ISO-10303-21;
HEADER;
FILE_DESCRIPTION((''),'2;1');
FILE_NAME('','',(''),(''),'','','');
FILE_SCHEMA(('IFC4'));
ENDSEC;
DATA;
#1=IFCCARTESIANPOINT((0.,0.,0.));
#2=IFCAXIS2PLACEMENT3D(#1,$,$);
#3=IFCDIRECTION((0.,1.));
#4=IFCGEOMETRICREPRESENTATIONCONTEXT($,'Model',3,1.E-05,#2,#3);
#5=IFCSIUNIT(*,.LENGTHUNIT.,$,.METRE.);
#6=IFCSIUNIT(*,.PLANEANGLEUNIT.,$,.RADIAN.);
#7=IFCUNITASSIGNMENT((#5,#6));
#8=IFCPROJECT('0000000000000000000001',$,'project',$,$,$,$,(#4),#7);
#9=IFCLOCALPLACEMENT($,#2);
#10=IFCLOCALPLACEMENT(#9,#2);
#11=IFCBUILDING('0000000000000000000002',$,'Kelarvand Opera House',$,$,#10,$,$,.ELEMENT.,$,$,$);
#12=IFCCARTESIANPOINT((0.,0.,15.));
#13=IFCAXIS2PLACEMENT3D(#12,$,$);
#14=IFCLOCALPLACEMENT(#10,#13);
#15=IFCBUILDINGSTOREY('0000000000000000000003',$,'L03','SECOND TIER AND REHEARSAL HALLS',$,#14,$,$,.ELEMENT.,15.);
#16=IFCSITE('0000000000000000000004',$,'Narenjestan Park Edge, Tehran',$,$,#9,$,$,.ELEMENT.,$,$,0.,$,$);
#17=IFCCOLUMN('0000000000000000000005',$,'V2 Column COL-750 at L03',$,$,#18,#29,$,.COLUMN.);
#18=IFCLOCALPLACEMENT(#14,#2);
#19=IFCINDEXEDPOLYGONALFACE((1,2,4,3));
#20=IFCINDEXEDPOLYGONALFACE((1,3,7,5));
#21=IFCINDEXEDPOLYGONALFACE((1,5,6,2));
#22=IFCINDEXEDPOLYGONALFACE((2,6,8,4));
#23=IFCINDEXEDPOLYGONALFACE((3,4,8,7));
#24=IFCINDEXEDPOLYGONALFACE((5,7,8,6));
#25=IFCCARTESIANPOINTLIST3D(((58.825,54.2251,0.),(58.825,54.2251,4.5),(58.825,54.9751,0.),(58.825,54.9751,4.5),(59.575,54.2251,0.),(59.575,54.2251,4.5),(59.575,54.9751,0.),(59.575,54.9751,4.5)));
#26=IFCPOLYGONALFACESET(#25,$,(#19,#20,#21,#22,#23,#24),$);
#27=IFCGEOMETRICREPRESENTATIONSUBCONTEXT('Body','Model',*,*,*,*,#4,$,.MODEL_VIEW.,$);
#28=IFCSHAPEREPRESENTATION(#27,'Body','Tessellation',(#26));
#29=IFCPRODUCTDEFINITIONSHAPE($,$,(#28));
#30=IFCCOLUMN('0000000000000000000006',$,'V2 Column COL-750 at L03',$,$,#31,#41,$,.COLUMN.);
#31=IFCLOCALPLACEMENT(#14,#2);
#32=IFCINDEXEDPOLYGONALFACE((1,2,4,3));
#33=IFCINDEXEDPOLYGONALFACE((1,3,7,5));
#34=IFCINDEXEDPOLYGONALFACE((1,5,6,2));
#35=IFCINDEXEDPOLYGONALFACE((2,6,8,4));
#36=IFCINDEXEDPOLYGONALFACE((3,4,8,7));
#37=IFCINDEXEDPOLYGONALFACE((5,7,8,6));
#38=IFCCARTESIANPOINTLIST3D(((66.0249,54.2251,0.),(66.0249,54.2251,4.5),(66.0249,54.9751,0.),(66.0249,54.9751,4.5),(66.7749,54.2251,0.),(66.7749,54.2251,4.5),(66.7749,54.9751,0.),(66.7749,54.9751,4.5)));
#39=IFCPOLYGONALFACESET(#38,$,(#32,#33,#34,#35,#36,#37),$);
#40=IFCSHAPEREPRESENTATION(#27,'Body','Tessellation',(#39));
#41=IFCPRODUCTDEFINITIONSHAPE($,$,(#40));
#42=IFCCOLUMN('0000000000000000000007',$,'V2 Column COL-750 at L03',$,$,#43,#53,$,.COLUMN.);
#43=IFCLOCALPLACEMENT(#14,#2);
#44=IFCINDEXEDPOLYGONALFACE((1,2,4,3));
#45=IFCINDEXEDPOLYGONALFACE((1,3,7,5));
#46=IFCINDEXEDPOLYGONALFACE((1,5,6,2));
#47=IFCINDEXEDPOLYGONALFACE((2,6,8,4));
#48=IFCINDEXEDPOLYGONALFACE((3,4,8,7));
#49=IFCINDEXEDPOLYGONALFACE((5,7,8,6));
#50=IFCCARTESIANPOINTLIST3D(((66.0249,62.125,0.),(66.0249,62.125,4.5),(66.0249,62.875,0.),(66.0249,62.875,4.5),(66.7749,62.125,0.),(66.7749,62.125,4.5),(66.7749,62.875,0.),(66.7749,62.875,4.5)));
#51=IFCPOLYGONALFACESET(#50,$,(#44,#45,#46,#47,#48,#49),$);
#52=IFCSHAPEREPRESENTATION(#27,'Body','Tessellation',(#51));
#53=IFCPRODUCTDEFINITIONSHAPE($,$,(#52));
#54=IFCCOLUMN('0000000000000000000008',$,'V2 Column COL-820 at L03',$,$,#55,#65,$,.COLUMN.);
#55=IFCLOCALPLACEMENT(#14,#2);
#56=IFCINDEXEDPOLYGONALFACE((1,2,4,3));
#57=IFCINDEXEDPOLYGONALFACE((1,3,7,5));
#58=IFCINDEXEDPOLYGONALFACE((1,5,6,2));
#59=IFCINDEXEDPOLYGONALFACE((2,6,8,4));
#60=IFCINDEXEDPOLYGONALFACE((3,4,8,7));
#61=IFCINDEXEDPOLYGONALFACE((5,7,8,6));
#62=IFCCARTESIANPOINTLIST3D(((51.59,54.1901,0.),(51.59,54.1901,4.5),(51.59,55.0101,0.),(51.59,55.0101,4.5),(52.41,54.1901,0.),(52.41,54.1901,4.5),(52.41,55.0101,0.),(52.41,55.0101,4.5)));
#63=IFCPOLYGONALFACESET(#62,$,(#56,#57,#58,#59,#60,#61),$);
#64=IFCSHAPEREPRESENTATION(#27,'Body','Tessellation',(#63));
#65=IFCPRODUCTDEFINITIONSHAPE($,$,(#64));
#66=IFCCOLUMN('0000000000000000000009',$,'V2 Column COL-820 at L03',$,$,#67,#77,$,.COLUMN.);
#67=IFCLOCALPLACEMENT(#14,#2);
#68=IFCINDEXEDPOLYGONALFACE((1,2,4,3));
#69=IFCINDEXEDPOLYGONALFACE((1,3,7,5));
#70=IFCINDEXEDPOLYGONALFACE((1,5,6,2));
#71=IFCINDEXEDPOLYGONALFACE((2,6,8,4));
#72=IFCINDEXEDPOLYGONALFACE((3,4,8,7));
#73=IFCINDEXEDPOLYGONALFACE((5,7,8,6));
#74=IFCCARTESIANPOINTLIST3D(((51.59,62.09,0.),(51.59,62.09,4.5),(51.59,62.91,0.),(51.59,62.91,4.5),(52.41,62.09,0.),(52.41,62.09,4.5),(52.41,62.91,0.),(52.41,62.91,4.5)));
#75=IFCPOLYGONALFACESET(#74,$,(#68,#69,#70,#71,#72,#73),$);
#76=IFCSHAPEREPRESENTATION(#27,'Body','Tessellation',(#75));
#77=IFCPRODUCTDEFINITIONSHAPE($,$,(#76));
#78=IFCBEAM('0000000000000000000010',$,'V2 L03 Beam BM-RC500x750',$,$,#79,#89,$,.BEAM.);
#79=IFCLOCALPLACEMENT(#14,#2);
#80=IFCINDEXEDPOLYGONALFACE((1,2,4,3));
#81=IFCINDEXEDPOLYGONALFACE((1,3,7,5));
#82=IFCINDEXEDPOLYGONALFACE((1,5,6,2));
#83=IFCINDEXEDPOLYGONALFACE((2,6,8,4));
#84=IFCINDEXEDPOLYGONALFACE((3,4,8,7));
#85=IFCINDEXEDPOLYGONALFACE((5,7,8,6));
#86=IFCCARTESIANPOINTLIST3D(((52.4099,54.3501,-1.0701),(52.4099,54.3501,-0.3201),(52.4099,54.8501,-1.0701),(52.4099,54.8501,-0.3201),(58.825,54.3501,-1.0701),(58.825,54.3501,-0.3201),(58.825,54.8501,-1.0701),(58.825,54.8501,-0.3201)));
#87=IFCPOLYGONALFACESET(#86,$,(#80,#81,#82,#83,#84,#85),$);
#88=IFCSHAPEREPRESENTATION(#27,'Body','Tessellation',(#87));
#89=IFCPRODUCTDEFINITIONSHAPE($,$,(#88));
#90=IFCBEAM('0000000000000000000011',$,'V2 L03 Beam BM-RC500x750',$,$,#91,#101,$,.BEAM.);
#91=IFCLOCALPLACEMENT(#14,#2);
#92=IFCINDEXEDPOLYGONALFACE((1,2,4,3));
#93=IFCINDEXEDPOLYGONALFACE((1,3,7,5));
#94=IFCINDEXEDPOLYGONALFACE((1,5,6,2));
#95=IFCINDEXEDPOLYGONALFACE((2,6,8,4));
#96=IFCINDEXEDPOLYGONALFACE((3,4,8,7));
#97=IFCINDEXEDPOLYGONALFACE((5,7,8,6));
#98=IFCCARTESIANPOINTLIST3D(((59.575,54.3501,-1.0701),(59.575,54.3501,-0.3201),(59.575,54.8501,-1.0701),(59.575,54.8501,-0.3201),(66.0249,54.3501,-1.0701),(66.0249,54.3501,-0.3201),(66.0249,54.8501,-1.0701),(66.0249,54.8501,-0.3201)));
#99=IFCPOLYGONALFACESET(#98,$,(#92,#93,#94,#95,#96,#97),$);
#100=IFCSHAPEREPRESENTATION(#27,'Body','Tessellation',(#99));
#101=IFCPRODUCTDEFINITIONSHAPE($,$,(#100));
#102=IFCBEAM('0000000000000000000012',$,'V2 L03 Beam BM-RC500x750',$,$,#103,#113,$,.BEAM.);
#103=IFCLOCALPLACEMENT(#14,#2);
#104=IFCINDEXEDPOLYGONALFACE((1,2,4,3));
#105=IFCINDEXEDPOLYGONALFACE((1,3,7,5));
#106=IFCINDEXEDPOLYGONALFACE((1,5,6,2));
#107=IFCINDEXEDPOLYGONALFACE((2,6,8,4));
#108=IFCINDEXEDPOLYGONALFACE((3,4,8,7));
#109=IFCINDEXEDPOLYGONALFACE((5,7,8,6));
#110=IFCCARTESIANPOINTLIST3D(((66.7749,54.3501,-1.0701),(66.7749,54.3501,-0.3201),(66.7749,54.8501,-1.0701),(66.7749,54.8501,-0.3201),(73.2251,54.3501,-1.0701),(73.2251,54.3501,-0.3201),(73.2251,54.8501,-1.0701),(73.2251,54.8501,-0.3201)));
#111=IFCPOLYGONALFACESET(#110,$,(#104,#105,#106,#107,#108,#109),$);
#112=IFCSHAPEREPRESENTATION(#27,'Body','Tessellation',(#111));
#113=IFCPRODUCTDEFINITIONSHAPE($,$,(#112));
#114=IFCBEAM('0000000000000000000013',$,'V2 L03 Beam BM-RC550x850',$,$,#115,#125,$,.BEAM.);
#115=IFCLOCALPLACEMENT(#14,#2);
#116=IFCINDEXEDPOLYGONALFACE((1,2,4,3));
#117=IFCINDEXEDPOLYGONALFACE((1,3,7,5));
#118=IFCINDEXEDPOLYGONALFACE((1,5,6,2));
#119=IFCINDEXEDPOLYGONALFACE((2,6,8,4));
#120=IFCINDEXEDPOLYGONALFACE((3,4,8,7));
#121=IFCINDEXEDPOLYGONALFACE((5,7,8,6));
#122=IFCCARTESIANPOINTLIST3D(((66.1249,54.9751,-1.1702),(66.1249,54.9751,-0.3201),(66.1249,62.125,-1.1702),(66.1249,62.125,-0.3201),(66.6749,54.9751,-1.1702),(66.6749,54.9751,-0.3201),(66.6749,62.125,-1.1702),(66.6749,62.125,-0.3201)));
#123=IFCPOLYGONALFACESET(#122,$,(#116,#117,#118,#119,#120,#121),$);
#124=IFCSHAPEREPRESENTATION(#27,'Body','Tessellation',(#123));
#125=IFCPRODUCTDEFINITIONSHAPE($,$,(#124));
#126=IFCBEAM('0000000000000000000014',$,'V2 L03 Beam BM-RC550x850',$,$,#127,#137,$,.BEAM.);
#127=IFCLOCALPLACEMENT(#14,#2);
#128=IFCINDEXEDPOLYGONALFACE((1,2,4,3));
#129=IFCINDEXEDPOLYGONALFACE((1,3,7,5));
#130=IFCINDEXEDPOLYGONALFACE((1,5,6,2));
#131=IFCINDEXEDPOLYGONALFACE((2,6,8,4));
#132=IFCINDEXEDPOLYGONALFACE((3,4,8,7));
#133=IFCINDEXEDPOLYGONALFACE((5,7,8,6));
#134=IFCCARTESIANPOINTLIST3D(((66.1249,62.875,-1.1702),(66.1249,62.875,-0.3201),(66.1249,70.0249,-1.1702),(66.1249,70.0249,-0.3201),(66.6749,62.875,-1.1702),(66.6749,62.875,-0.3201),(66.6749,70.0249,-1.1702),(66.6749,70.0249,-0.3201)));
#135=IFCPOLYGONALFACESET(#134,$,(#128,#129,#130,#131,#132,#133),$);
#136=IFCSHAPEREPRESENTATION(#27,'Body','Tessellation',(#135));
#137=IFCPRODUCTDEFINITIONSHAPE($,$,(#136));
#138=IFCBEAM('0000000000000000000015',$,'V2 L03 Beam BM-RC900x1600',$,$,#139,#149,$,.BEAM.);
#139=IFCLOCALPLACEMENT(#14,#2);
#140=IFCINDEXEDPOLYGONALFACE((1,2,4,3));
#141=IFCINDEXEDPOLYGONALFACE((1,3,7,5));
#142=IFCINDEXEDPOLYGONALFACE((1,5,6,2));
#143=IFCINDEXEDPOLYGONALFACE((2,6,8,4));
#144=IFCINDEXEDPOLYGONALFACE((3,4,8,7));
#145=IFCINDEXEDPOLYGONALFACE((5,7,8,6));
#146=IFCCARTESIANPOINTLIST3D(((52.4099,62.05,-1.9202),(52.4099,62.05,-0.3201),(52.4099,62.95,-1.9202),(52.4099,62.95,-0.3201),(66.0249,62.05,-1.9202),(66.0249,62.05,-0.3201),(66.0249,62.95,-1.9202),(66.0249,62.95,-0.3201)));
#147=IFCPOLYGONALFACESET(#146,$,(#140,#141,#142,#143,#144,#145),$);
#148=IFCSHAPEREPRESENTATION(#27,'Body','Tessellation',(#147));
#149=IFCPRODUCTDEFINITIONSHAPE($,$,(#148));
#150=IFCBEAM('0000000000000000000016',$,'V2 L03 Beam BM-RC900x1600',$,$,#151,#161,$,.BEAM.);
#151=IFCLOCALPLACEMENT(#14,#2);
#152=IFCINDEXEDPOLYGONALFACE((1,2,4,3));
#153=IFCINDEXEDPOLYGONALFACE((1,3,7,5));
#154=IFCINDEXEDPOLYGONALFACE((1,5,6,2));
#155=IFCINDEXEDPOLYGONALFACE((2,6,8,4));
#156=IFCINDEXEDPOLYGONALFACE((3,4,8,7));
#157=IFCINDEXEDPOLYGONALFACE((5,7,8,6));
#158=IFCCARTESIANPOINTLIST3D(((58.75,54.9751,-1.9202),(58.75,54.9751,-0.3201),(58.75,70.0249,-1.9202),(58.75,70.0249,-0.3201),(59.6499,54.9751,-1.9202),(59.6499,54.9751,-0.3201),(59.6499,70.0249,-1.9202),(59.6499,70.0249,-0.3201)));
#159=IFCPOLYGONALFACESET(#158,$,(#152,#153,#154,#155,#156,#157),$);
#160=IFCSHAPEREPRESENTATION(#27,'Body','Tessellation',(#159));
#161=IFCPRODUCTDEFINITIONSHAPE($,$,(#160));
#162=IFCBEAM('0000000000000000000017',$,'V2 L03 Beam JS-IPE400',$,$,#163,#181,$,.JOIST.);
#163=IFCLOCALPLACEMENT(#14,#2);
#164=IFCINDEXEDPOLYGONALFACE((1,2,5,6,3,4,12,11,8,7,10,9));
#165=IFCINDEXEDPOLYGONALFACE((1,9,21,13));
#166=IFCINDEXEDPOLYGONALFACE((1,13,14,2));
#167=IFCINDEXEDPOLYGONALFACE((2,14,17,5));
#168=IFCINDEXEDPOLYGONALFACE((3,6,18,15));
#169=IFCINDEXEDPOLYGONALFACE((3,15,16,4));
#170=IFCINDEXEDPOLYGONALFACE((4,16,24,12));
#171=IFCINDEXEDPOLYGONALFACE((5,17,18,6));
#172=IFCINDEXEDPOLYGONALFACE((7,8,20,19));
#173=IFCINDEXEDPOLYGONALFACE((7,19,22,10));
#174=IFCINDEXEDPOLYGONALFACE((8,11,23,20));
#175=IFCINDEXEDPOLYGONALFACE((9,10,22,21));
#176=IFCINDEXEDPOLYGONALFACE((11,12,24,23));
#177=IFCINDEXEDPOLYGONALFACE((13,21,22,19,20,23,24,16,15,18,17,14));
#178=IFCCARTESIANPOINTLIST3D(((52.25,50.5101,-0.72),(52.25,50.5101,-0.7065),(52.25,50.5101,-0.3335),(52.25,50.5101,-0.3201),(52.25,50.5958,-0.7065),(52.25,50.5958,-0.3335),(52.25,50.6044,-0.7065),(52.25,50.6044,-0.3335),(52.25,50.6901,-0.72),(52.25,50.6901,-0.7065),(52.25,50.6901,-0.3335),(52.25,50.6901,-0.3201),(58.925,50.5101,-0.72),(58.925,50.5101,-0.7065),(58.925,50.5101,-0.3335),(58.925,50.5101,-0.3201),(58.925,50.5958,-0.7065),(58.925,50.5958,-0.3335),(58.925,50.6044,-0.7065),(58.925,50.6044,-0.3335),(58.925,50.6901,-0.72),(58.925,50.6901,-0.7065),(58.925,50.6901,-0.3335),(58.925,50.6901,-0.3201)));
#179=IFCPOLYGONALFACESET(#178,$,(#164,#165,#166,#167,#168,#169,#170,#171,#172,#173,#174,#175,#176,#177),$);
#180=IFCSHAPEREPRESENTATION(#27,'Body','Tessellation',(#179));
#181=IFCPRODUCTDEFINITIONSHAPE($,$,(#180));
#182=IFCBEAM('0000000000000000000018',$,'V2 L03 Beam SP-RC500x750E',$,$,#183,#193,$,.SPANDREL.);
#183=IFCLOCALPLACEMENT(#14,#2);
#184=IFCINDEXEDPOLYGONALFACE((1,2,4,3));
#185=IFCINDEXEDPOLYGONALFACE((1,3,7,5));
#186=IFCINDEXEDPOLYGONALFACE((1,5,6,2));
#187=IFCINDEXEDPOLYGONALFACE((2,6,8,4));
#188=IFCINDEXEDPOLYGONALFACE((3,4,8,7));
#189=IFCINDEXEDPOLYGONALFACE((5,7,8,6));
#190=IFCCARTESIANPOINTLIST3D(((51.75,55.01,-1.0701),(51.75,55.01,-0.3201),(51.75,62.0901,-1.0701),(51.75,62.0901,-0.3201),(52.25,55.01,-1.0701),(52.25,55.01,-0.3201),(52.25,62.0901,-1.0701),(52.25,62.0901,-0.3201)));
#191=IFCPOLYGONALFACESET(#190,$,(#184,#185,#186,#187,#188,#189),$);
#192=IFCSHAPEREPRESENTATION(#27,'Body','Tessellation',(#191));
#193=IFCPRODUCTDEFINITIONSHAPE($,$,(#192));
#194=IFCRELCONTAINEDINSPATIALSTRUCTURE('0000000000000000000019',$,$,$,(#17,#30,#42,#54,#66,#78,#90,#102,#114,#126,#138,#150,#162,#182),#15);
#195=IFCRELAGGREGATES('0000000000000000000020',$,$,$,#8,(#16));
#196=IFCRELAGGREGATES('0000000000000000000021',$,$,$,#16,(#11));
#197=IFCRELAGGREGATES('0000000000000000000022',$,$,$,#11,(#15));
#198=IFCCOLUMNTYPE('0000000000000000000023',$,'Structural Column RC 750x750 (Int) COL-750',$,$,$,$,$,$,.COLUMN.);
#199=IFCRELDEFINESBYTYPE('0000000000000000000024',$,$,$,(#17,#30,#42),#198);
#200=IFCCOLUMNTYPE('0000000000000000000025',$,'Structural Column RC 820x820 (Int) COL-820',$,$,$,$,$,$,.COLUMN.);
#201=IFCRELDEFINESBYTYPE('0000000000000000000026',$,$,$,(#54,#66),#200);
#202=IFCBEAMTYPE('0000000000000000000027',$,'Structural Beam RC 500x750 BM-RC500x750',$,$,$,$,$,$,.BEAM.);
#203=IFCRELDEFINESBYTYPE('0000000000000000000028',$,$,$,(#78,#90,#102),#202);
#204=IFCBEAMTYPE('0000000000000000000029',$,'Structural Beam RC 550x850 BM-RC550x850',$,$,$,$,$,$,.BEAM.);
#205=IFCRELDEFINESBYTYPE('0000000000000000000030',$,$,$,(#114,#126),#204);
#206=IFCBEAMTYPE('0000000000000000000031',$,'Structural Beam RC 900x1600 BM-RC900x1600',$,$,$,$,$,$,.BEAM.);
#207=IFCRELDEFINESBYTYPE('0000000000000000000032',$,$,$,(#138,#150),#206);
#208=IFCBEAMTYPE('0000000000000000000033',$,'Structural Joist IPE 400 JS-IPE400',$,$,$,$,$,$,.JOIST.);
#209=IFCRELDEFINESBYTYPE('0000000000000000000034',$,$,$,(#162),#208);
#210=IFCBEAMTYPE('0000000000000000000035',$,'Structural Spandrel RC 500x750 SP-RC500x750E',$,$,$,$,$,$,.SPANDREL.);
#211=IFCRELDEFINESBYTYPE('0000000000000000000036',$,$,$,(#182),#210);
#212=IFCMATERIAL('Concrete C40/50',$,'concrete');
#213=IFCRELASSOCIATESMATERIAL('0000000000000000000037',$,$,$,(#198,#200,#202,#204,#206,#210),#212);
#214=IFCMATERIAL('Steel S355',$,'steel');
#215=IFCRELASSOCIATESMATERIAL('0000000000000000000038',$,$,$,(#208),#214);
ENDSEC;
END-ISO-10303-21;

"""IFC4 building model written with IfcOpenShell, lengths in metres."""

from ifc_helpers import new_model, si_unit, direction, frame, origin, origin_2d, place, context, subcontext, project, spatial, rectangle, i_section, extrude, material, material_profile, profile_set, type_object, element, save


model = new_model("IFC4")

# Units and contexts
model_context = context("Model", 3, precision=1e-05, world=origin(), true_north=direction((0.0, 1.0)))
body_context = subcontext(model_context, "Body", "Model", "MODEL_VIEW")
ifc_project = project(units=[si_unit("LENGTHUNIT", "METRE"), si_unit("PLANEANGLEUNIT", "RADIAN")], contexts=[model_context])

# Site, building, storey
site_placement = place(None, origin())
site = spatial("IfcSite", under=ifc_project, at=site_placement, Name="Narenjestan Park Edge, Tehran", CompositionType="ELEMENT", RefElevation=0.0)
building_placement = place(site_placement, origin())
building = spatial("IfcBuilding", under=site, at=building_placement, Name="Kelarvand Opera House", CompositionType="ELEMENT")
storey_placement = place(building_placement, frame((0.0, 0.0, 15.0)))
storey = spatial("IfcBuildingStorey", under=building, at=storey_placement, Name="L03", Description="SECOND TIER AND REHEARSAL HALLS", CompositionType="ELEMENT", Elevation=15.0)

# Columns
ifc_material_1 = material(Name="Concrete C40/50", Category="concrete")
ifc_material_profile_1 = material_profile(ifc_material_1, rectangle(XDim=0.75, YDim=0.75, at=origin_2d()), Name="RC 750x750", Category="concrete")
ifc_profile_set_1 = profile_set([ifc_material_profile_1], Name="Concrete C40/50")
column_type_1 = type_object("IfcColumnType", Name="Structural Column RC 750x750 (Int) COL-750", PredefinedType="COLUMN", material=ifc_profile_set_1)
for number, where, z_axis, x_axis, name in (
    (1, (59.2, 54.6001, 0.0), (0.0, 0.0, 1.0), (1.0, 0.0, 0.0), "V2 Column COL-750 at L03"),
    (2, (66.3999, 54.6001, 0.0), (0.0, 0.0, 1.0), (1.0, 0.0, 0.0), "V2 Column COL-750 at L03"),
    (3, (66.3999, 62.5, 0.0), (0.0, 0.0, 1.0), (1.0, 0.0, 0.0), "V2 Column COL-750 at L03"),
):
    element("IfcColumn", number, at=place(storey_placement, frame(where, z_axis=z_axis, x_axis=x_axis)), inside=storey, type_object=column_type_1, Name=name, PredefinedType="COLUMN", context=body_context, shape_type="SweptSolid", body=[
        extrude(rectangle(XDim=0.75, YDim=0.75, at=origin_2d()), origin(), (0.0, 0.0, 1.0), 4.5),
    ])
ifc_material_profile_2 = material_profile(ifc_material_1, rectangle(XDim=0.8201, YDim=0.8201, at=origin_2d()), Name="RC 820x820", Category="concrete")
ifc_profile_set_2 = profile_set([ifc_material_profile_2], Name="Concrete C40/50")
column_type_2 = type_object("IfcColumnType", Name="Structural Column RC 820x820 (Int) COL-820", PredefinedType="COLUMN", material=ifc_profile_set_2)
for number, where, z_axis, x_axis, name in (
    (4, (52.0, 54.6001, 0.0), (0.0, 0.0, 1.0), (1.0, 0.0, 0.0), "V2 Column COL-820 at L03"),
    (5, (52.0, 62.5, 0.0), (0.0, 0.0, 1.0), (1.0, 0.0, 0.0), "V2 Column COL-820 at L03"),
):
    element("IfcColumn", number, at=place(storey_placement, frame(where, z_axis=z_axis, x_axis=x_axis)), inside=storey, type_object=column_type_2, Name=name, PredefinedType="COLUMN", context=body_context, shape_type="SweptSolid", body=[
        extrude(rectangle(XDim=0.8201, YDim=0.8201, at=origin_2d()), origin(), (0.0, 0.0, 1.0), 4.5),
    ])

# Beams
ifc_material_profile_3 = material_profile(ifc_material_1, rectangle(XDim=0.5, YDim=0.75, at=origin_2d()), Name="RC 500x750", Category="concrete")
ifc_profile_set_3 = profile_set([ifc_material_profile_3], Name="Concrete C40/50")
beam_type_1 = type_object("IfcBeamType", Name="Structural Beam RC 500x750 BM-RC500x750", PredefinedType="BEAM", material=ifc_profile_set_3)
beam_1_placement = place(storey_placement, frame((52.4099, 54.6001, -0.6951), z_axis=(1.0, 0.0, 0.0), x_axis=(0.0, 1.0, 0.0)))
element("IfcBeam", 6, at=beam_1_placement, inside=storey, type_object=beam_type_1, Name="V2 L03 Beam BM-RC500x750", PredefinedType="BEAM", context=body_context, shape_type="SweptSolid", body=[
    extrude(rectangle(XDim=0.5, YDim=0.75, at=origin_2d()), origin(), (0.0, 0.0, 1.0), 6.415),
])
beam_2_placement = place(storey_placement, frame((59.575, 54.6001, -0.6951), z_axis=(1.0, 0.0, 0.0), x_axis=(0.0, 1.0, 0.0)))
element("IfcBeam", 7, at=beam_2_placement, inside=storey, type_object=beam_type_1, Name="V2 L03 Beam BM-RC500x750", PredefinedType="BEAM", context=body_context, shape_type="SweptSolid", body=[
    extrude(rectangle(XDim=0.5, YDim=0.75, at=origin_2d()), origin(), (0.0, 0.0, 1.0), 6.45),
])
beam_3_placement = place(storey_placement, frame((66.7749, 54.6001, -0.6951), z_axis=(1.0, 0.0, 0.0), x_axis=(0.0, 1.0, 0.0)))
element("IfcBeam", 8, at=beam_3_placement, inside=storey, type_object=beam_type_1, Name="V2 L03 Beam BM-RC500x750", PredefinedType="BEAM", context=body_context, shape_type="SweptSolid", body=[
    extrude(rectangle(XDim=0.5, YDim=0.75, at=origin_2d()), origin(), (0.0, 0.0, 1.0), 6.4502),
])
ifc_material_profile_4 = material_profile(ifc_material_1, rectangle(XDim=0.55, YDim=0.8501, at=origin_2d()), Name="RC 550x850", Category="concrete")
ifc_profile_set_4 = profile_set([ifc_material_profile_4], Name="Concrete C40/50")
beam_type_2 = type_object("IfcBeamType", Name="Structural Beam RC 550x850 BM-RC550x850", PredefinedType="BEAM", material=ifc_profile_set_4)
for number, where, z_axis, x_axis, name in (
    (9, (66.3999, 54.9751, -0.7451), (0.0, 1.0, 0.0), (-1.0, 0.0, 0.0), "V2 L03 Beam BM-RC550x850"),
    (10, (66.3999, 62.875, -0.7451), (0.0, 1.0, 0.0), (-1.0, 0.0, 0.0), "V2 L03 Beam BM-RC550x850"),
):
    element("IfcBeam", number, at=place(storey_placement, frame(where, z_axis=z_axis, x_axis=x_axis)), inside=storey, type_object=beam_type_2, Name=name, PredefinedType="BEAM", context=body_context, shape_type="SweptSolid", body=[
        extrude(rectangle(XDim=0.55, YDim=0.8501, at=origin_2d()), origin(), (0.0, 0.0, 1.0), 7.1499),
    ])
ifc_material_profile_5 = material_profile(ifc_material_1, rectangle(XDim=0.8999, YDim=1.6001, at=origin_2d()), Name="RC 900x1600", Category="concrete")
ifc_profile_set_5 = profile_set([ifc_material_profile_5], Name="Concrete C40/50")
beam_type_3 = type_object("IfcBeamType", Name="Structural Beam RC 900x1600 BM-RC900x1600", PredefinedType="BEAM", material=ifc_profile_set_5)
beam_4_placement = place(storey_placement, frame((52.4099, 62.5, -1.1201), z_axis=(1.0, 0.0, 0.0), x_axis=(0.0, 1.0, 0.0)))
element("IfcBeam", 11, at=beam_4_placement, inside=storey, type_object=beam_type_3, Name="V2 L03 Beam BM-RC900x1600", PredefinedType="BEAM", context=body_context, shape_type="SweptSolid", body=[
    extrude(rectangle(XDim=0.8999, YDim=1.6001, at=origin_2d()), origin(), (0.0, 0.0, 1.0), 13.615),
])
beam_5_placement = place(storey_placement, frame((59.2, 54.9751, -1.1201), z_axis=(0.0, 1.0, 0.0), x_axis=(-1.0, 0.0, 0.0)))
element("IfcBeam", 12, at=beam_5_placement, inside=storey, type_object=beam_type_3, Name="V2 L03 Beam BM-RC900x1600", PredefinedType="BEAM", context=body_context, shape_type="SweptSolid", body=[
    extrude(rectangle(XDim=0.8999, YDim=1.6001, at=origin_2d()), origin(), (0.0, 0.0, 1.0), 15.0498),
])
ifc_material_2 = material(Name="Steel S355", Category="steel")
ifc_material_profile_6 = material_profile(ifc_material_2, i_section(OverallWidth=0.1799, OverallDepth=0.3999, WebThickness=0.0085, FlangeThickness=0.0134, at=origin_2d()), Name="IPE 400", Category="steel")
ifc_profile_set_6 = profile_set([ifc_material_profile_6], Name="Steel S355")
beam_type_4 = type_object("IfcBeamType", Name="Structural Joist IPE 400 JS-IPE400", PredefinedType="JOIST", material=ifc_profile_set_6)
beam_6_placement = place(storey_placement, frame((52.25, 50.6001, -0.52), z_axis=(1.0, 0.0, 0.0), x_axis=(0.0, 1.0, 0.0)))
element("IfcBeam", 13, at=beam_6_placement, inside=storey, type_object=beam_type_4, Name="V2 L03 Beam JS-IPE400", PredefinedType="JOIST", context=body_context, shape_type="SweptSolid", body=[
    extrude(i_section(OverallWidth=0.1799, OverallDepth=0.3999, WebThickness=0.0085, FlangeThickness=0.0134, at=origin_2d()), origin(), (0.0, 0.0, 1.0), 6.675),
])
ifc_material_profile_7 = material_profile(ifc_material_1, rectangle(XDim=0.5, YDim=0.75, at=origin_2d()), Name="RC 500x750", Category="concrete")
ifc_profile_set_7 = profile_set([ifc_material_profile_7], Name="Concrete C40/50")
beam_type_5 = type_object("IfcBeamType", Name="Structural Spandrel RC 500x750 SP-RC500x750E", PredefinedType="SPANDREL", material=ifc_profile_set_7)
for number, where, z_axis, x_axis, name in (
    (14, (52.0, 55.01, -0.6951), (0.0, 1.0, 0.0), (-1.0, 0.0, 0.0), "V2 L03 Beam SP-RC500x750E"),
):
    element("IfcBeam", number, at=place(storey_placement, frame(where, z_axis=z_axis, x_axis=x_axis)), inside=storey, type_object=beam_type_5, Name=name, PredefinedType="SPANDREL", context=body_context, shape_type="SweptSolid", body=[
        extrude(rectangle(XDim=0.5, YDim=0.75, at=origin_2d()), origin(), (0.0, 0.0, 1.0), 7.0801),
    ])

save(model, "model.ifc")
